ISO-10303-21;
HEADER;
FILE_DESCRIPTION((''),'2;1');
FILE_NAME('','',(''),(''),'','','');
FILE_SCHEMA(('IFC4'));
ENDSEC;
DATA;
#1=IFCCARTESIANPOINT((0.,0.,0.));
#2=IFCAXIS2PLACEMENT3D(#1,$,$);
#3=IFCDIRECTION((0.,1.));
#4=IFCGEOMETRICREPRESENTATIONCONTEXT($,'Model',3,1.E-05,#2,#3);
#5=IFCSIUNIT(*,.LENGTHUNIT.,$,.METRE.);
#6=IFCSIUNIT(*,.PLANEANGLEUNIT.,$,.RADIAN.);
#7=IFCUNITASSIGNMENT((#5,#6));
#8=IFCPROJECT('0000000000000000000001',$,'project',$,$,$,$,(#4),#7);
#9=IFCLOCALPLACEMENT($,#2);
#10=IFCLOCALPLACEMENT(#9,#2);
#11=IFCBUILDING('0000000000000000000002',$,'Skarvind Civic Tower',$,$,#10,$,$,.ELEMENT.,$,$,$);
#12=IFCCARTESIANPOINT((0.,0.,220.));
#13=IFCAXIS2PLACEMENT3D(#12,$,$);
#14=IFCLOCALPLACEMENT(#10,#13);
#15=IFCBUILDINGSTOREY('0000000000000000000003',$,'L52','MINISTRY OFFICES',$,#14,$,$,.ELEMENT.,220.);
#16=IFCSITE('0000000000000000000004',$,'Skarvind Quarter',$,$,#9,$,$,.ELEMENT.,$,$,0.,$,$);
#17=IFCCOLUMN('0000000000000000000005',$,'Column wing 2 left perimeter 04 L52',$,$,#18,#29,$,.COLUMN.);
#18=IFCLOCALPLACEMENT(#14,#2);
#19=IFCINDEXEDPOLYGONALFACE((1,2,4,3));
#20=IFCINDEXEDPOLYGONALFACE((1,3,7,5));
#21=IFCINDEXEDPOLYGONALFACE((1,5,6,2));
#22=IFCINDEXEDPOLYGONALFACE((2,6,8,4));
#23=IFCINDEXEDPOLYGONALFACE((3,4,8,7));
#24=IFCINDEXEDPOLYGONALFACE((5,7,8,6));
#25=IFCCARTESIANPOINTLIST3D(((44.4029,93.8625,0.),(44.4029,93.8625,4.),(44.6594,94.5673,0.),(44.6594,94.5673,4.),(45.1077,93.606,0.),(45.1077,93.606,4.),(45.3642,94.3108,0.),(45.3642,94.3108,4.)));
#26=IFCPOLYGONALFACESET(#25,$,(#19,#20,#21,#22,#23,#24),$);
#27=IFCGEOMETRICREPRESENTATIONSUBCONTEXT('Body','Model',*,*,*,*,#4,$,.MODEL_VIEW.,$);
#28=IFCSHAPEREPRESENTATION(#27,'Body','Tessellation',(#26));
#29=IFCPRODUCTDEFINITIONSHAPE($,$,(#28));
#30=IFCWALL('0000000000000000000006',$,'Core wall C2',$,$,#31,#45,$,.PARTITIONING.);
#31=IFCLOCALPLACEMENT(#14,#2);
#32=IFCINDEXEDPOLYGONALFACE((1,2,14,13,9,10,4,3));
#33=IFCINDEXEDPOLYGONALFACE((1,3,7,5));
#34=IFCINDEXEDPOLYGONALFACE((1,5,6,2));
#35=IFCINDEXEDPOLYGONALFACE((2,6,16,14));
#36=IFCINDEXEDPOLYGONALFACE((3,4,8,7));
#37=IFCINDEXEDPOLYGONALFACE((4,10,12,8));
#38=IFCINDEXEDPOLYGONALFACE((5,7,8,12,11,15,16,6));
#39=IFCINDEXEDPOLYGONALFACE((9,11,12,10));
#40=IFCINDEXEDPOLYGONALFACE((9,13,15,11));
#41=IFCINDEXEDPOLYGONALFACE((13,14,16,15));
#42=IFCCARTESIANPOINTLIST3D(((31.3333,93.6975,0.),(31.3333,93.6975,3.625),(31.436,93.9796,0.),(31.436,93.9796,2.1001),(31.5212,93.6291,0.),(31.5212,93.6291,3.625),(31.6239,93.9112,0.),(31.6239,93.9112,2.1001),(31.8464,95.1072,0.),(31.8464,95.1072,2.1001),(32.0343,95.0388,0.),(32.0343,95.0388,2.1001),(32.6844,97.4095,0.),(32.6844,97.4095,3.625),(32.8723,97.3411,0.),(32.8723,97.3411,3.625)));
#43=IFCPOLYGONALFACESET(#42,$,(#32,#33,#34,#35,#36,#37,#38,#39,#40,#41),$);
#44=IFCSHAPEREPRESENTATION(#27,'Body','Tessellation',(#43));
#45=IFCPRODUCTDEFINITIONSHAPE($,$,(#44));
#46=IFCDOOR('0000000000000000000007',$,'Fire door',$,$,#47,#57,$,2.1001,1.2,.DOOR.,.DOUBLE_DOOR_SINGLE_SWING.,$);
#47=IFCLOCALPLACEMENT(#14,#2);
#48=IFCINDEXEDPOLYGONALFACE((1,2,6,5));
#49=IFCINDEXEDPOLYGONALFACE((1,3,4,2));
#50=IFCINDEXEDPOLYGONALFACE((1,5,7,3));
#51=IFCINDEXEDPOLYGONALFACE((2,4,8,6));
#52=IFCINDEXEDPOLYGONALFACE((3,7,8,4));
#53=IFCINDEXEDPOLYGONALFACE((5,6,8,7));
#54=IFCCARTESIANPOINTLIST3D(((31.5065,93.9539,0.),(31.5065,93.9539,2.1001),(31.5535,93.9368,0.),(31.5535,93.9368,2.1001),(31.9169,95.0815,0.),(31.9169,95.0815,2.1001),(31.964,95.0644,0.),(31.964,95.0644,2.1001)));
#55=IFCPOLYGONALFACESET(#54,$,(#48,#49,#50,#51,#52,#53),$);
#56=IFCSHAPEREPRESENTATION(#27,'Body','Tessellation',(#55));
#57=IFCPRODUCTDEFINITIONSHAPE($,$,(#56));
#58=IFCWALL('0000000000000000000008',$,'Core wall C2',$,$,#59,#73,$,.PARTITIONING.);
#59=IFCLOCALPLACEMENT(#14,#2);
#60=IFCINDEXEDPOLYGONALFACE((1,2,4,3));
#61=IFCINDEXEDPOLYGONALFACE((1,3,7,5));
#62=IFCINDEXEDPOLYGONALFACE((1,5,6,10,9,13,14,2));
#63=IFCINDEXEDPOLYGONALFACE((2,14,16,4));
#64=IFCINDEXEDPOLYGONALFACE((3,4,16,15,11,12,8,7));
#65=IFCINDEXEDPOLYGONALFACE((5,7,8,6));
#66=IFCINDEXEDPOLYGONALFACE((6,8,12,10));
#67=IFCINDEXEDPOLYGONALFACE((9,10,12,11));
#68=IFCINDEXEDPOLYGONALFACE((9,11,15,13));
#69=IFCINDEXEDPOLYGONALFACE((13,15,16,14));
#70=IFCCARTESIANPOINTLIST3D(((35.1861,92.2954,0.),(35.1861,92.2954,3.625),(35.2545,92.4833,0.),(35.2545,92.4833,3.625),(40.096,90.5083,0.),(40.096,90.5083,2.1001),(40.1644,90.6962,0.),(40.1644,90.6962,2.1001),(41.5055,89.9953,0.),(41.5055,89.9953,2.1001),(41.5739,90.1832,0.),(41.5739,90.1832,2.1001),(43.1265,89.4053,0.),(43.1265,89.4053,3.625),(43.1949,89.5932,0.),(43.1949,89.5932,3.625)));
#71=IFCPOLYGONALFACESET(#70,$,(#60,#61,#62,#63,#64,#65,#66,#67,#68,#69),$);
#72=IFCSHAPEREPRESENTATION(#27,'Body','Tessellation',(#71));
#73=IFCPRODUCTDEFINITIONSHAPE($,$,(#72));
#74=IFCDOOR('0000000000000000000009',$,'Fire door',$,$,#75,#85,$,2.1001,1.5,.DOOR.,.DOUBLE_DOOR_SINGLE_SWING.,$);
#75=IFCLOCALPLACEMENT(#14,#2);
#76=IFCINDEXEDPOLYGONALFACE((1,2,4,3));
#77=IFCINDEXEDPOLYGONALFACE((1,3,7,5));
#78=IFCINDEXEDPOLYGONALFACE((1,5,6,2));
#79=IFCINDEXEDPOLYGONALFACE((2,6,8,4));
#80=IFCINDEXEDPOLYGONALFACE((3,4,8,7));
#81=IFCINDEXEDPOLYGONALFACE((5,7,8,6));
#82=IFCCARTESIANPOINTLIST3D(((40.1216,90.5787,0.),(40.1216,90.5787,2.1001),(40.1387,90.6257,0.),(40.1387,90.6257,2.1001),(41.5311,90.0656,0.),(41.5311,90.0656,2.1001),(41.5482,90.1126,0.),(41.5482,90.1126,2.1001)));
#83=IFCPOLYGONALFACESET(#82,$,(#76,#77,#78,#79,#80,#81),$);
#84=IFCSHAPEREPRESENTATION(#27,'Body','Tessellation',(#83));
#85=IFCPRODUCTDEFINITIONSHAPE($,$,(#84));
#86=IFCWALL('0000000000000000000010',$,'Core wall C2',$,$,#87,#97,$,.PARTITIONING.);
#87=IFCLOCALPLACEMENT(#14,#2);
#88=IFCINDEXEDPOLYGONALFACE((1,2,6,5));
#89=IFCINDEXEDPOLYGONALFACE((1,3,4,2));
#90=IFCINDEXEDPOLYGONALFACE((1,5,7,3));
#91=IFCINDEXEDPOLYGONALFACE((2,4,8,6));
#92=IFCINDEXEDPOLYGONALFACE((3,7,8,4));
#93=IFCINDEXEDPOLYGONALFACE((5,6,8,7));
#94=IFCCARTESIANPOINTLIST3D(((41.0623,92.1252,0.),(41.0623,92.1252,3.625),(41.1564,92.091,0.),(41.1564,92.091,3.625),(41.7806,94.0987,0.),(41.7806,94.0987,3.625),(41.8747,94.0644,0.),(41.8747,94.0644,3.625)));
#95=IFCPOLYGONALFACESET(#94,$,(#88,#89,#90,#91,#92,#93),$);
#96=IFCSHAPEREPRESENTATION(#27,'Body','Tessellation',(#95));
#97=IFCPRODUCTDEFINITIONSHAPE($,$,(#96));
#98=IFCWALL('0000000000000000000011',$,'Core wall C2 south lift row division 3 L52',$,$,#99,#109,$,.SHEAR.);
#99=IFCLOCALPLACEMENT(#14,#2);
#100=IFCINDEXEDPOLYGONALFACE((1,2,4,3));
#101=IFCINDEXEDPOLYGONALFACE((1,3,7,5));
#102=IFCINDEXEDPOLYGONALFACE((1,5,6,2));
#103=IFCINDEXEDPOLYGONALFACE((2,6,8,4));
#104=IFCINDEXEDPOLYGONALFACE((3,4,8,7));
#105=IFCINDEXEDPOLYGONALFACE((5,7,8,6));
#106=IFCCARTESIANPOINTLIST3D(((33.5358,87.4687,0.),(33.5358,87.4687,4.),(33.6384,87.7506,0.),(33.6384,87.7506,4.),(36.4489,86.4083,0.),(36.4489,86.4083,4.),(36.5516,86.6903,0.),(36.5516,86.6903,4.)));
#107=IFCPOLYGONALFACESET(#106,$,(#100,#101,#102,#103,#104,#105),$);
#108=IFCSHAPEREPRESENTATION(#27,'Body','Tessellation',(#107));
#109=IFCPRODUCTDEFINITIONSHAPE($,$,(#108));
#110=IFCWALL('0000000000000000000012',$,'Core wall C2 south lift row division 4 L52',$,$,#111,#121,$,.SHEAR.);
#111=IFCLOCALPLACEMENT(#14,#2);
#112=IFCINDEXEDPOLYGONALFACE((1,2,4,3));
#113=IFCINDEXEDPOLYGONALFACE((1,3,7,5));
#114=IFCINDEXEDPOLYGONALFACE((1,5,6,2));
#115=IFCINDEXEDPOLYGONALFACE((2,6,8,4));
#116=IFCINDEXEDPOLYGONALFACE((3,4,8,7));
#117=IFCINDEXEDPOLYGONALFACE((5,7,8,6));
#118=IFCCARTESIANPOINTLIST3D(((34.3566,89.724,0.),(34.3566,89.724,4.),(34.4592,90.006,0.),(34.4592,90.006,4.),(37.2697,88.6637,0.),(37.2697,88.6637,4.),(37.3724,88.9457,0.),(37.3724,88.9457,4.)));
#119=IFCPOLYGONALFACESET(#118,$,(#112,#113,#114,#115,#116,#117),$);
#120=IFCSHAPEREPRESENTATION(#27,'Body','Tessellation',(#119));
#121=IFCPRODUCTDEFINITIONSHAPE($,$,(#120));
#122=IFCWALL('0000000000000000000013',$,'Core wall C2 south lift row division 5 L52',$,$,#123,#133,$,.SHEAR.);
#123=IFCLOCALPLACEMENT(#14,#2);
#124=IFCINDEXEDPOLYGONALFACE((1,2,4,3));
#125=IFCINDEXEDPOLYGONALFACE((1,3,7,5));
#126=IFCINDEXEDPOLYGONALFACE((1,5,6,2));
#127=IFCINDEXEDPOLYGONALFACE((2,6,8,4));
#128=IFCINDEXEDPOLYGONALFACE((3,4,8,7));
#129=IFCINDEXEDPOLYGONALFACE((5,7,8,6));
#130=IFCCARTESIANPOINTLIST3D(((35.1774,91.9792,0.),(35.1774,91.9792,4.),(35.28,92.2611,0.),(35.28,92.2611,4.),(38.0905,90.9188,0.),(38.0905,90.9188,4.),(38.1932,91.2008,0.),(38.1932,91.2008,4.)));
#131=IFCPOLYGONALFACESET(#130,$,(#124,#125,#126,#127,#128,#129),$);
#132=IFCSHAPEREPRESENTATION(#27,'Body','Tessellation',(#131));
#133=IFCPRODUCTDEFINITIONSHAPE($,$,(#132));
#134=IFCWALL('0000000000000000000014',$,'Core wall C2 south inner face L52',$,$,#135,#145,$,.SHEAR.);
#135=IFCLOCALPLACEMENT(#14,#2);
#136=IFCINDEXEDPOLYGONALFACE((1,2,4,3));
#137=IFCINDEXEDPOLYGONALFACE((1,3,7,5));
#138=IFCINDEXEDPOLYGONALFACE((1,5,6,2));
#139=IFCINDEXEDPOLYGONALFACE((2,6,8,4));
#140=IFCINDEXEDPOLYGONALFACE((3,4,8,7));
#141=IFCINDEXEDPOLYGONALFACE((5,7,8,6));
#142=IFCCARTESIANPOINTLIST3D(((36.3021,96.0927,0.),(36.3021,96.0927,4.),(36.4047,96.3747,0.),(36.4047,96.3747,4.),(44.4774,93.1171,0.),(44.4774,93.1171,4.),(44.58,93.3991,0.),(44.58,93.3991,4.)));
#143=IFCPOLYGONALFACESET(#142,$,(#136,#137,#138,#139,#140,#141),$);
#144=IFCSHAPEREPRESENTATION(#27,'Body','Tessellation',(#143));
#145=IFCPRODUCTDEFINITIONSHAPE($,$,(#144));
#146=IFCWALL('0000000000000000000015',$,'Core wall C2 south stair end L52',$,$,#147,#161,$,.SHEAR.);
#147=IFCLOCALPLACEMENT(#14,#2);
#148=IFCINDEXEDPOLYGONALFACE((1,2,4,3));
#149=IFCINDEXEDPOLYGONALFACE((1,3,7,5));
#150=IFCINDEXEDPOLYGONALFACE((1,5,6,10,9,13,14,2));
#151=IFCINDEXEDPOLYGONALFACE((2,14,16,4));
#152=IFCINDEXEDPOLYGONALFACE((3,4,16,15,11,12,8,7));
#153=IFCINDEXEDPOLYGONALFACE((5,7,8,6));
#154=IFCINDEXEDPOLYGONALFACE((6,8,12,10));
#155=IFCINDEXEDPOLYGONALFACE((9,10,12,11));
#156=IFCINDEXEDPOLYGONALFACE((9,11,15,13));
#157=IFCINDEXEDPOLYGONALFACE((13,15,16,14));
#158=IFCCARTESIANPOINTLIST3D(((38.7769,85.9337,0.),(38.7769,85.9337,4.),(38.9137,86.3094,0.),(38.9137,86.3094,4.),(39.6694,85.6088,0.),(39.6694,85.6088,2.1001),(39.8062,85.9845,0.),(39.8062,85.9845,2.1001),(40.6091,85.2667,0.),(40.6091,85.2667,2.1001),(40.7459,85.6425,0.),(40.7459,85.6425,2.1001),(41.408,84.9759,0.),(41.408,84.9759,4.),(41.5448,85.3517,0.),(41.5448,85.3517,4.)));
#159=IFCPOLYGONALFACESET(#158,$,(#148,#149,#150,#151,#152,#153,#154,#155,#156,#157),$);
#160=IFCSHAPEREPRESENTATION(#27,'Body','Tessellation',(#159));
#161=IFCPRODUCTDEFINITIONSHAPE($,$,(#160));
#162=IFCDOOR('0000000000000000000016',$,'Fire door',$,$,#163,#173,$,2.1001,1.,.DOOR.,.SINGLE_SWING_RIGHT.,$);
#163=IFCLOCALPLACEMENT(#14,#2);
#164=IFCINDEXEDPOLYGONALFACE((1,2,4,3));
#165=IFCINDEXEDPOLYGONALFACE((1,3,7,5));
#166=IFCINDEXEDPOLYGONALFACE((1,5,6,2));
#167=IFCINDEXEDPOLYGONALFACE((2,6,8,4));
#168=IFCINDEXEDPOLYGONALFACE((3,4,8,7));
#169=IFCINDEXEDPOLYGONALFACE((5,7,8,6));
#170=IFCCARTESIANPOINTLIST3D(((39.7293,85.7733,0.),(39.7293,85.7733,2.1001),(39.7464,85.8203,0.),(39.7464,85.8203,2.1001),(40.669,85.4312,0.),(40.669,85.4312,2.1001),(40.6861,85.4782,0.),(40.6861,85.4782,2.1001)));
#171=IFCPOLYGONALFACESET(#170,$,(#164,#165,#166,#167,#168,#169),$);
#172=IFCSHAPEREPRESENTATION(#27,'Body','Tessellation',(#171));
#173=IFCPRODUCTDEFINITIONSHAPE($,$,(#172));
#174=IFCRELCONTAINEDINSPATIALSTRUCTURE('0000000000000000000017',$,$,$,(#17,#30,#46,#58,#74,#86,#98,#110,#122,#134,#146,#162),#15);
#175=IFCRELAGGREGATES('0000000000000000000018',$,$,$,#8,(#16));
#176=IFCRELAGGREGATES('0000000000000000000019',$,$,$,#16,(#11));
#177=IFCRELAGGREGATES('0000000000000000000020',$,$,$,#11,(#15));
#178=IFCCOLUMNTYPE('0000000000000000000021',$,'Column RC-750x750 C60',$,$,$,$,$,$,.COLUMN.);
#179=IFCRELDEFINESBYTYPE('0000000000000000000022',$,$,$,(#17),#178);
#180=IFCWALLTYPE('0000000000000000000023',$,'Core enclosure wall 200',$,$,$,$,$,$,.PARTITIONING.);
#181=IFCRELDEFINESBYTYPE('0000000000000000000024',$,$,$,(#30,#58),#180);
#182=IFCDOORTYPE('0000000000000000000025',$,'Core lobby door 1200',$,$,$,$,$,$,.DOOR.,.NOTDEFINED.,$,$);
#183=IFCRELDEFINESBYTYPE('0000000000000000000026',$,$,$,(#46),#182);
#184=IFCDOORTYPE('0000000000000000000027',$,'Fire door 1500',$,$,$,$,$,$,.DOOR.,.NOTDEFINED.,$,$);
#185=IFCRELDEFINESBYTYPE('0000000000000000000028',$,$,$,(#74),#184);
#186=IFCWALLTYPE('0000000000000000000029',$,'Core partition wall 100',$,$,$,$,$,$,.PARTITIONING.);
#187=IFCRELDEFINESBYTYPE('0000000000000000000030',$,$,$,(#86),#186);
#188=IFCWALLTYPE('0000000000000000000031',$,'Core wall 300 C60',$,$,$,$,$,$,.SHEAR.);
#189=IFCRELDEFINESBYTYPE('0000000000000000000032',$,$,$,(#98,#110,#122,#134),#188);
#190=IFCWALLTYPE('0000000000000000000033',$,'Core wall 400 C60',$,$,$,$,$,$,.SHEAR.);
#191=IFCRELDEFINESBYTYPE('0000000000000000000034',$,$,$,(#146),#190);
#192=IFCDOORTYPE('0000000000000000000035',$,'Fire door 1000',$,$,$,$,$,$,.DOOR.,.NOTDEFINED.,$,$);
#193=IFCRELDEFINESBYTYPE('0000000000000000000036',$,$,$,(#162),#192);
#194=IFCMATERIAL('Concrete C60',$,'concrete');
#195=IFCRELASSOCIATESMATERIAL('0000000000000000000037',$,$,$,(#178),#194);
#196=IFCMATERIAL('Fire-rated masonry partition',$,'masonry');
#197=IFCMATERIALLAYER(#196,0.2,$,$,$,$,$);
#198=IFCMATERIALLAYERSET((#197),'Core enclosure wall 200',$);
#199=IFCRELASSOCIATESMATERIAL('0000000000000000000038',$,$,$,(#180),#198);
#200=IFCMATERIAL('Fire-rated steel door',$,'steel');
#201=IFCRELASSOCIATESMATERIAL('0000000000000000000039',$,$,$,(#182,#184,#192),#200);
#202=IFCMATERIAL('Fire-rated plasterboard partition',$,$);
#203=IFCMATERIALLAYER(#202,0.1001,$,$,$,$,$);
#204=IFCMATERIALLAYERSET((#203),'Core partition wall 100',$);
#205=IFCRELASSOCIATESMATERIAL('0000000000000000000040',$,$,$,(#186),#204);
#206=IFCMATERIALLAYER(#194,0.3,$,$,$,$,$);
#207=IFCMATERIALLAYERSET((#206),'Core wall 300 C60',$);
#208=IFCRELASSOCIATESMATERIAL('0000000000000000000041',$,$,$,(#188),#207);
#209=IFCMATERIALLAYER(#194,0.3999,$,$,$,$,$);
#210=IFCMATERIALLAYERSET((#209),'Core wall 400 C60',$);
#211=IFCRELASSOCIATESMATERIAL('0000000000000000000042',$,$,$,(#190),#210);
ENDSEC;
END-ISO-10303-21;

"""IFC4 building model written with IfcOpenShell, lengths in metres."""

from ifc_helpers import new_model, si_unit, direction, frame, frame_2d, origin, origin_2d, place, context, subcontext, project, spatial, rectangle, extrude, material, layer, layer_set, material_profile, profile_set, type_object, element, fill, save


model = new_model("IFC4")

# Units and contexts
model_context = context("Model", 3, precision=1e-05, world=origin(), true_north=direction((0.0, 1.0)))
body_context = subcontext(model_context, "Body", "Model", "MODEL_VIEW")
ifc_project = project(units=[si_unit("LENGTHUNIT", "METRE"), si_unit("PLANEANGLEUNIT", "RADIAN")], contexts=[model_context])

# Site, building, storey
site_placement = place(None, origin())
site = spatial("IfcSite", under=ifc_project, at=site_placement, Name="Skarvind Quarter", CompositionType="ELEMENT", RefElevation=0.0)
building_placement = place(site_placement, origin())
building = spatial("IfcBuilding", under=site, at=building_placement, Name="Skarvind Civic Tower", CompositionType="ELEMENT")
storey_placement = place(building_placement, frame((0.0, 0.0, 220.0)))
storey = spatial("IfcBuildingStorey", under=building, at=storey_placement, Name="L52", Description="MINISTRY OFFICES", CompositionType="ELEMENT", Elevation=220.0)

# Column
ifc_material_1 = material(Name="Concrete C60", Category="concrete")
ifc_material_profile = material_profile(ifc_material_1, rectangle(XDim=0.75, YDim=0.75, at=origin_2d()), Name="RC-750x750")
ifc_profile_set = profile_set([ifc_material_profile], Name="Concrete C60")
column_type = type_object("IfcColumnType", Name="Column RC-750x750 C60", PredefinedType="COLUMN", material=ifc_profile_set)
column_placement = place(storey_placement, frame((44.8835, 94.0867, 0.0), z_axis=(0.0, 0.0, 1.0), x_axis=(-0.34202, -0.939693, 0.0)))
element("IfcColumn", 1, at=column_placement, inside=storey, type_object=column_type, Name="Column wing 2 left perimeter 04 L52", PredefinedType="COLUMN", context=body_context, shape_type="SweptSolid", body=[
    extrude(rectangle(XDim=0.75, YDim=0.75, at=origin_2d()), origin(), (0.0, 0.0, 1.0), 4.0),
])

# Walls, openings, doors
ifc_material_2 = material(Name="Fire-rated masonry partition", Category="masonry")
ifc_layer_1 = layer(ifc_material_2, 0.2)
ifc_layer_set_1 = layer_set([ifc_layer_1], Name="Core enclosure wall 200")
wall_type_1 = type_object("IfcWallType", Name="Core enclosure wall 200", PredefinedType="PARTITIONING", material=ifc_layer_set_1)
wall_1_placement = place(storey_placement, frame((31.4272, 93.6633, 0.0), z_axis=(0.0, 0.0, 1.0), x_axis=(0.342031, 0.939689, 0.0)))
wall_1 = element("IfcWall", 2, at=wall_1_placement, inside=storey, type_object=wall_type_1, Name="Core wall C2", PredefinedType="PARTITIONING", context=body_context, shape_type="SweptSolid", body=[
    extrude(rectangle(XDim=3.9502, YDim=0.2, at=frame_2d((1.9751, 0.0))), origin(), (0.0, 0.0, 1.0), 3.625),
])
opening_1_placement = place(wall_1_placement, frame((0.3, 0.0, 0.0)))
opening_1 = element("IfcOpeningElement", 3, at=opening_1_placement, cuts=wall_1, PredefinedType="OPENING", context=body_context, shape_type="SweptSolid", body=[
    extrude(rectangle(XDim=1.2, YDim=2.1001, at=frame_2d((0.6001, 1.05))), frame((0.0, 0.1099, 0.0), z_axis=(0.0, -1.0, 0.0), x_axis=(1.0, 0.0, 0.0)), (0.0, 0.0, 1.0), 0.22),
])
ifc_material_3 = material(Name="Fire-rated steel door", Category="steel")
door_type_1 = type_object("IfcDoorType", Name="Core lobby door 1200", OperationType="NOTDEFINED", PredefinedType="DOOR", material=ifc_material_3)
door_1_placement = place(opening_1_placement, origin())
door_1 = element("IfcDoor", 4, at=door_1_placement, inside=storey, type_object=door_type_1, Name="Fire door", OperationType="DOUBLE_DOOR_SINGLE_SWING", OverallHeight=2.1001, OverallWidth=1.2, PredefinedType="DOOR", context=body_context, shape_type="SweptSolid", body=[
    extrude(rectangle(XDim=1.2, YDim=2.1001, at=frame_2d((0.6001, 1.05))), frame((0.0, 0.0249, 0.0), z_axis=(0.0, -1.0, 0.0), x_axis=(1.0, 0.0, 0.0)), (0.0, 0.0, 1.0), 0.05),
])
fill(opening_1, door_1)
wall_2_placement = place(storey_placement, frame((35.2202, 92.3894, 0.0), z_axis=(0.0, 0.0, 1.0), x_axis=(0.93969, -0.342026, 0.0)))
wall_2 = element("IfcWall", 5, at=wall_2_placement, inside=storey, type_object=wall_type_1, Name="Core wall C2", PredefinedType="PARTITIONING", context=body_context, shape_type="SweptSolid", body=[
    extrude(rectangle(XDim=8.45, YDim=0.2, at=frame_2d((4.2251, 0.0))), origin(), (0.0, 0.0, 1.0), 3.625),
])
opening_2_placement = place(wall_2_placement, frame((5.2251, 0.0, 0.0)))
opening_2 = element("IfcOpeningElement", 6, at=opening_2_placement, cuts=wall_2, PredefinedType="OPENING", context=body_context, shape_type="SweptSolid", body=[
    extrude(rectangle(XDim=1.5, YDim=2.1001, at=frame_2d((0.75, 1.05))), frame((0.0, 0.1099, 0.0), z_axis=(0.0, -1.0, 0.0), x_axis=(1.0, 0.0, 0.0)), (0.0, 0.0, 1.0), 0.22),
])
door_type_2 = type_object("IfcDoorType", Name="Fire door 1500", OperationType="NOTDEFINED", PredefinedType="DOOR", material=ifc_material_3)
door_2_placement = place(opening_2_placement, origin())
door_2 = element("IfcDoor", 7, at=door_2_placement, inside=storey, type_object=door_type_2, Name="Fire door", OperationType="DOUBLE_DOOR_SINGLE_SWING", OverallHeight=2.1001, OverallWidth=1.5, PredefinedType="DOOR", context=body_context, shape_type="SweptSolid", body=[
    extrude(rectangle(XDim=1.5, YDim=2.1001, at=frame_2d((0.75, 1.05))), frame((0.0, 0.0249, 0.0), z_axis=(0.0, -1.0, 0.0), x_axis=(1.0, 0.0, 0.0)), (0.0, 0.0, 1.0), 0.05),
])
fill(opening_2, door_2)

# Walls
ifc_material_4 = material(Name="Fire-rated plasterboard partition")
ifc_layer_2 = layer(ifc_material_4, 0.1001)
ifc_layer_set_2 = layer_set([ifc_layer_2], Name="Core partition wall 100")
wall_type_2 = type_object("IfcWallType", Name="Core partition wall 100", PredefinedType="PARTITIONING", material=ifc_layer_set_2)
wall_3_placement = place(storey_placement, frame((41.8276, 94.0815, 0.0), z_axis=(0.0, 0.0, 1.0), x_axis=(-0.342023, -0.939692, 0.0)))
element("IfcWall", 8, at=wall_3_placement, inside=storey, type_object=wall_type_2, Name="Core wall C2", PredefinedType="PARTITIONING", context=body_context, shape_type="SweptSolid", body=[
    extrude(rectangle(XDim=2.1001, YDim=0.1001, at=frame_2d((1.05, 0.0))), origin(), (0.0, 0.0, 1.0), 3.625),
])
ifc_layer_3 = layer(ifc_material_1, 0.3)
ifc_layer_set_3 = layer_set([ifc_layer_3], Name="Core wall 300 C60")
wall_type_3 = type_object("IfcWallType", Name="Core wall 300 C60", PredefinedType="SHEAR", material=ifc_layer_set_3)
for number, where, z_axis, x_axis, name in (
    (9, (36.5002, 86.5493, 0.0), (0.0, 0.0, 1.0), (-0.93969, 0.342028, 0.0), "Core wall C2 south lift row division 3 L52"),
    (10, (37.321, 88.8047, 0.0), (0.0, 0.0, 1.0), (-0.93969, 0.342028, 0.0), "Core wall C2 south lift row division 4 L52"),
    (11, (38.1418, 91.0598, 0.0), (0.0, 0.0, 1.0), (-0.93969, 0.342028, 0.0), "Core wall C2 south lift row division 5 L52"),
):
    element("IfcWall", number, at=place(storey_placement, frame(where, z_axis=z_axis, x_axis=x_axis)), inside=storey, type_object=wall_type_3, Name=name, PredefinedType="SHEAR", context=body_context, shape_type="SweptSolid", body=[
        extrude(rectangle(XDim=3.1001, YDim=0.3, at=frame_2d((1.55, 0.0))), origin(), (0.0, 0.0, 1.0), 4.0),
    ])
wall_4_placement = place(storey_placement, frame((44.5288, 93.2581, 0.0), z_axis=(0.0, 0.0, 1.0), x_axis=(-0.939692, 0.342022, 0.0)))
element("IfcWall", 12, at=wall_4_placement, inside=storey, type_object=wall_type_3, Name="Core wall C2 south inner face L52", PredefinedType="SHEAR", context=body_context, shape_type="SweptSolid", body=[
    extrude(rectangle(XDim=8.7, YDim=0.3, at=frame_2d((4.3501, 0.0))), origin(), (0.0, 0.0, 1.0), 4.0),
])

# Wall, opening, door
ifc_layer_4 = layer(ifc_material_1, 0.3999)
ifc_layer_set_4 = layer_set([ifc_layer_4], Name="Core wall 400 C60")
wall_type_4 = type_object("IfcWallType", Name="Core wall 400 C60", PredefinedType="SHEAR", material=ifc_layer_set_4)
wall_5_placement = place(storey_placement, frame((41.4763, 85.1638, 0.0), z_axis=(0.0, 0.0, 1.0), x_axis=(-0.939679, 0.342058, 0.0)))
wall_5 = element("IfcWall", 13, at=wall_5_placement, inside=storey, type_object=wall_type_4, Name="Core wall C2 south stair end L52", PredefinedType="SHEAR", context=body_context, shape_type="SweptSolid", body=[
    extrude(rectangle(XDim=2.8, YDim=0.3999, at=frame_2d((1.3999, 0.0))), origin(), (0.0, 0.0, 1.0), 4.0),
])
opening_3_placement = place(wall_5_placement, frame((0.8501, 0.0, 0.0)))
opening_3 = element("IfcOpeningElement", 14, at=opening_3_placement, cuts=wall_5, PredefinedType="OPENING", context=body_context, shape_type="SweptSolid", body=[
    extrude(rectangle(XDim=1.0, YDim=2.1001, at=frame_2d((0.5, 1.05))), frame((0.0, 0.21, 0.0), z_axis=(0.0, -1.0, 0.0), x_axis=(1.0, 0.0, 0.0)), (0.0, 0.0, 1.0), 0.4199),
])
door_type_3 = type_object("IfcDoorType", Name="Fire door 1000", OperationType="NOTDEFINED", PredefinedType="DOOR", material=ifc_material_3)
door_3_placement = place(opening_3_placement, origin())
door_3 = element("IfcDoor", 15, at=door_3_placement, inside=storey, type_object=door_type_3, Name="Fire door", OperationType="SINGLE_SWING_RIGHT", OverallHeight=2.1001, OverallWidth=1.0, PredefinedType="DOOR", context=body_context, shape_type="SweptSolid", body=[
    extrude(rectangle(XDim=1.0, YDim=2.1001, at=frame_2d((0.5, 1.05))), frame((0.0, 0.0249, 0.0), z_axis=(0.0, -1.0, 0.0), x_axis=(1.0, 0.0, 0.0)), (0.0, 0.0, 1.0), 0.05),
])
fill(opening_3, door_3)

save(model, "model.ifc")
